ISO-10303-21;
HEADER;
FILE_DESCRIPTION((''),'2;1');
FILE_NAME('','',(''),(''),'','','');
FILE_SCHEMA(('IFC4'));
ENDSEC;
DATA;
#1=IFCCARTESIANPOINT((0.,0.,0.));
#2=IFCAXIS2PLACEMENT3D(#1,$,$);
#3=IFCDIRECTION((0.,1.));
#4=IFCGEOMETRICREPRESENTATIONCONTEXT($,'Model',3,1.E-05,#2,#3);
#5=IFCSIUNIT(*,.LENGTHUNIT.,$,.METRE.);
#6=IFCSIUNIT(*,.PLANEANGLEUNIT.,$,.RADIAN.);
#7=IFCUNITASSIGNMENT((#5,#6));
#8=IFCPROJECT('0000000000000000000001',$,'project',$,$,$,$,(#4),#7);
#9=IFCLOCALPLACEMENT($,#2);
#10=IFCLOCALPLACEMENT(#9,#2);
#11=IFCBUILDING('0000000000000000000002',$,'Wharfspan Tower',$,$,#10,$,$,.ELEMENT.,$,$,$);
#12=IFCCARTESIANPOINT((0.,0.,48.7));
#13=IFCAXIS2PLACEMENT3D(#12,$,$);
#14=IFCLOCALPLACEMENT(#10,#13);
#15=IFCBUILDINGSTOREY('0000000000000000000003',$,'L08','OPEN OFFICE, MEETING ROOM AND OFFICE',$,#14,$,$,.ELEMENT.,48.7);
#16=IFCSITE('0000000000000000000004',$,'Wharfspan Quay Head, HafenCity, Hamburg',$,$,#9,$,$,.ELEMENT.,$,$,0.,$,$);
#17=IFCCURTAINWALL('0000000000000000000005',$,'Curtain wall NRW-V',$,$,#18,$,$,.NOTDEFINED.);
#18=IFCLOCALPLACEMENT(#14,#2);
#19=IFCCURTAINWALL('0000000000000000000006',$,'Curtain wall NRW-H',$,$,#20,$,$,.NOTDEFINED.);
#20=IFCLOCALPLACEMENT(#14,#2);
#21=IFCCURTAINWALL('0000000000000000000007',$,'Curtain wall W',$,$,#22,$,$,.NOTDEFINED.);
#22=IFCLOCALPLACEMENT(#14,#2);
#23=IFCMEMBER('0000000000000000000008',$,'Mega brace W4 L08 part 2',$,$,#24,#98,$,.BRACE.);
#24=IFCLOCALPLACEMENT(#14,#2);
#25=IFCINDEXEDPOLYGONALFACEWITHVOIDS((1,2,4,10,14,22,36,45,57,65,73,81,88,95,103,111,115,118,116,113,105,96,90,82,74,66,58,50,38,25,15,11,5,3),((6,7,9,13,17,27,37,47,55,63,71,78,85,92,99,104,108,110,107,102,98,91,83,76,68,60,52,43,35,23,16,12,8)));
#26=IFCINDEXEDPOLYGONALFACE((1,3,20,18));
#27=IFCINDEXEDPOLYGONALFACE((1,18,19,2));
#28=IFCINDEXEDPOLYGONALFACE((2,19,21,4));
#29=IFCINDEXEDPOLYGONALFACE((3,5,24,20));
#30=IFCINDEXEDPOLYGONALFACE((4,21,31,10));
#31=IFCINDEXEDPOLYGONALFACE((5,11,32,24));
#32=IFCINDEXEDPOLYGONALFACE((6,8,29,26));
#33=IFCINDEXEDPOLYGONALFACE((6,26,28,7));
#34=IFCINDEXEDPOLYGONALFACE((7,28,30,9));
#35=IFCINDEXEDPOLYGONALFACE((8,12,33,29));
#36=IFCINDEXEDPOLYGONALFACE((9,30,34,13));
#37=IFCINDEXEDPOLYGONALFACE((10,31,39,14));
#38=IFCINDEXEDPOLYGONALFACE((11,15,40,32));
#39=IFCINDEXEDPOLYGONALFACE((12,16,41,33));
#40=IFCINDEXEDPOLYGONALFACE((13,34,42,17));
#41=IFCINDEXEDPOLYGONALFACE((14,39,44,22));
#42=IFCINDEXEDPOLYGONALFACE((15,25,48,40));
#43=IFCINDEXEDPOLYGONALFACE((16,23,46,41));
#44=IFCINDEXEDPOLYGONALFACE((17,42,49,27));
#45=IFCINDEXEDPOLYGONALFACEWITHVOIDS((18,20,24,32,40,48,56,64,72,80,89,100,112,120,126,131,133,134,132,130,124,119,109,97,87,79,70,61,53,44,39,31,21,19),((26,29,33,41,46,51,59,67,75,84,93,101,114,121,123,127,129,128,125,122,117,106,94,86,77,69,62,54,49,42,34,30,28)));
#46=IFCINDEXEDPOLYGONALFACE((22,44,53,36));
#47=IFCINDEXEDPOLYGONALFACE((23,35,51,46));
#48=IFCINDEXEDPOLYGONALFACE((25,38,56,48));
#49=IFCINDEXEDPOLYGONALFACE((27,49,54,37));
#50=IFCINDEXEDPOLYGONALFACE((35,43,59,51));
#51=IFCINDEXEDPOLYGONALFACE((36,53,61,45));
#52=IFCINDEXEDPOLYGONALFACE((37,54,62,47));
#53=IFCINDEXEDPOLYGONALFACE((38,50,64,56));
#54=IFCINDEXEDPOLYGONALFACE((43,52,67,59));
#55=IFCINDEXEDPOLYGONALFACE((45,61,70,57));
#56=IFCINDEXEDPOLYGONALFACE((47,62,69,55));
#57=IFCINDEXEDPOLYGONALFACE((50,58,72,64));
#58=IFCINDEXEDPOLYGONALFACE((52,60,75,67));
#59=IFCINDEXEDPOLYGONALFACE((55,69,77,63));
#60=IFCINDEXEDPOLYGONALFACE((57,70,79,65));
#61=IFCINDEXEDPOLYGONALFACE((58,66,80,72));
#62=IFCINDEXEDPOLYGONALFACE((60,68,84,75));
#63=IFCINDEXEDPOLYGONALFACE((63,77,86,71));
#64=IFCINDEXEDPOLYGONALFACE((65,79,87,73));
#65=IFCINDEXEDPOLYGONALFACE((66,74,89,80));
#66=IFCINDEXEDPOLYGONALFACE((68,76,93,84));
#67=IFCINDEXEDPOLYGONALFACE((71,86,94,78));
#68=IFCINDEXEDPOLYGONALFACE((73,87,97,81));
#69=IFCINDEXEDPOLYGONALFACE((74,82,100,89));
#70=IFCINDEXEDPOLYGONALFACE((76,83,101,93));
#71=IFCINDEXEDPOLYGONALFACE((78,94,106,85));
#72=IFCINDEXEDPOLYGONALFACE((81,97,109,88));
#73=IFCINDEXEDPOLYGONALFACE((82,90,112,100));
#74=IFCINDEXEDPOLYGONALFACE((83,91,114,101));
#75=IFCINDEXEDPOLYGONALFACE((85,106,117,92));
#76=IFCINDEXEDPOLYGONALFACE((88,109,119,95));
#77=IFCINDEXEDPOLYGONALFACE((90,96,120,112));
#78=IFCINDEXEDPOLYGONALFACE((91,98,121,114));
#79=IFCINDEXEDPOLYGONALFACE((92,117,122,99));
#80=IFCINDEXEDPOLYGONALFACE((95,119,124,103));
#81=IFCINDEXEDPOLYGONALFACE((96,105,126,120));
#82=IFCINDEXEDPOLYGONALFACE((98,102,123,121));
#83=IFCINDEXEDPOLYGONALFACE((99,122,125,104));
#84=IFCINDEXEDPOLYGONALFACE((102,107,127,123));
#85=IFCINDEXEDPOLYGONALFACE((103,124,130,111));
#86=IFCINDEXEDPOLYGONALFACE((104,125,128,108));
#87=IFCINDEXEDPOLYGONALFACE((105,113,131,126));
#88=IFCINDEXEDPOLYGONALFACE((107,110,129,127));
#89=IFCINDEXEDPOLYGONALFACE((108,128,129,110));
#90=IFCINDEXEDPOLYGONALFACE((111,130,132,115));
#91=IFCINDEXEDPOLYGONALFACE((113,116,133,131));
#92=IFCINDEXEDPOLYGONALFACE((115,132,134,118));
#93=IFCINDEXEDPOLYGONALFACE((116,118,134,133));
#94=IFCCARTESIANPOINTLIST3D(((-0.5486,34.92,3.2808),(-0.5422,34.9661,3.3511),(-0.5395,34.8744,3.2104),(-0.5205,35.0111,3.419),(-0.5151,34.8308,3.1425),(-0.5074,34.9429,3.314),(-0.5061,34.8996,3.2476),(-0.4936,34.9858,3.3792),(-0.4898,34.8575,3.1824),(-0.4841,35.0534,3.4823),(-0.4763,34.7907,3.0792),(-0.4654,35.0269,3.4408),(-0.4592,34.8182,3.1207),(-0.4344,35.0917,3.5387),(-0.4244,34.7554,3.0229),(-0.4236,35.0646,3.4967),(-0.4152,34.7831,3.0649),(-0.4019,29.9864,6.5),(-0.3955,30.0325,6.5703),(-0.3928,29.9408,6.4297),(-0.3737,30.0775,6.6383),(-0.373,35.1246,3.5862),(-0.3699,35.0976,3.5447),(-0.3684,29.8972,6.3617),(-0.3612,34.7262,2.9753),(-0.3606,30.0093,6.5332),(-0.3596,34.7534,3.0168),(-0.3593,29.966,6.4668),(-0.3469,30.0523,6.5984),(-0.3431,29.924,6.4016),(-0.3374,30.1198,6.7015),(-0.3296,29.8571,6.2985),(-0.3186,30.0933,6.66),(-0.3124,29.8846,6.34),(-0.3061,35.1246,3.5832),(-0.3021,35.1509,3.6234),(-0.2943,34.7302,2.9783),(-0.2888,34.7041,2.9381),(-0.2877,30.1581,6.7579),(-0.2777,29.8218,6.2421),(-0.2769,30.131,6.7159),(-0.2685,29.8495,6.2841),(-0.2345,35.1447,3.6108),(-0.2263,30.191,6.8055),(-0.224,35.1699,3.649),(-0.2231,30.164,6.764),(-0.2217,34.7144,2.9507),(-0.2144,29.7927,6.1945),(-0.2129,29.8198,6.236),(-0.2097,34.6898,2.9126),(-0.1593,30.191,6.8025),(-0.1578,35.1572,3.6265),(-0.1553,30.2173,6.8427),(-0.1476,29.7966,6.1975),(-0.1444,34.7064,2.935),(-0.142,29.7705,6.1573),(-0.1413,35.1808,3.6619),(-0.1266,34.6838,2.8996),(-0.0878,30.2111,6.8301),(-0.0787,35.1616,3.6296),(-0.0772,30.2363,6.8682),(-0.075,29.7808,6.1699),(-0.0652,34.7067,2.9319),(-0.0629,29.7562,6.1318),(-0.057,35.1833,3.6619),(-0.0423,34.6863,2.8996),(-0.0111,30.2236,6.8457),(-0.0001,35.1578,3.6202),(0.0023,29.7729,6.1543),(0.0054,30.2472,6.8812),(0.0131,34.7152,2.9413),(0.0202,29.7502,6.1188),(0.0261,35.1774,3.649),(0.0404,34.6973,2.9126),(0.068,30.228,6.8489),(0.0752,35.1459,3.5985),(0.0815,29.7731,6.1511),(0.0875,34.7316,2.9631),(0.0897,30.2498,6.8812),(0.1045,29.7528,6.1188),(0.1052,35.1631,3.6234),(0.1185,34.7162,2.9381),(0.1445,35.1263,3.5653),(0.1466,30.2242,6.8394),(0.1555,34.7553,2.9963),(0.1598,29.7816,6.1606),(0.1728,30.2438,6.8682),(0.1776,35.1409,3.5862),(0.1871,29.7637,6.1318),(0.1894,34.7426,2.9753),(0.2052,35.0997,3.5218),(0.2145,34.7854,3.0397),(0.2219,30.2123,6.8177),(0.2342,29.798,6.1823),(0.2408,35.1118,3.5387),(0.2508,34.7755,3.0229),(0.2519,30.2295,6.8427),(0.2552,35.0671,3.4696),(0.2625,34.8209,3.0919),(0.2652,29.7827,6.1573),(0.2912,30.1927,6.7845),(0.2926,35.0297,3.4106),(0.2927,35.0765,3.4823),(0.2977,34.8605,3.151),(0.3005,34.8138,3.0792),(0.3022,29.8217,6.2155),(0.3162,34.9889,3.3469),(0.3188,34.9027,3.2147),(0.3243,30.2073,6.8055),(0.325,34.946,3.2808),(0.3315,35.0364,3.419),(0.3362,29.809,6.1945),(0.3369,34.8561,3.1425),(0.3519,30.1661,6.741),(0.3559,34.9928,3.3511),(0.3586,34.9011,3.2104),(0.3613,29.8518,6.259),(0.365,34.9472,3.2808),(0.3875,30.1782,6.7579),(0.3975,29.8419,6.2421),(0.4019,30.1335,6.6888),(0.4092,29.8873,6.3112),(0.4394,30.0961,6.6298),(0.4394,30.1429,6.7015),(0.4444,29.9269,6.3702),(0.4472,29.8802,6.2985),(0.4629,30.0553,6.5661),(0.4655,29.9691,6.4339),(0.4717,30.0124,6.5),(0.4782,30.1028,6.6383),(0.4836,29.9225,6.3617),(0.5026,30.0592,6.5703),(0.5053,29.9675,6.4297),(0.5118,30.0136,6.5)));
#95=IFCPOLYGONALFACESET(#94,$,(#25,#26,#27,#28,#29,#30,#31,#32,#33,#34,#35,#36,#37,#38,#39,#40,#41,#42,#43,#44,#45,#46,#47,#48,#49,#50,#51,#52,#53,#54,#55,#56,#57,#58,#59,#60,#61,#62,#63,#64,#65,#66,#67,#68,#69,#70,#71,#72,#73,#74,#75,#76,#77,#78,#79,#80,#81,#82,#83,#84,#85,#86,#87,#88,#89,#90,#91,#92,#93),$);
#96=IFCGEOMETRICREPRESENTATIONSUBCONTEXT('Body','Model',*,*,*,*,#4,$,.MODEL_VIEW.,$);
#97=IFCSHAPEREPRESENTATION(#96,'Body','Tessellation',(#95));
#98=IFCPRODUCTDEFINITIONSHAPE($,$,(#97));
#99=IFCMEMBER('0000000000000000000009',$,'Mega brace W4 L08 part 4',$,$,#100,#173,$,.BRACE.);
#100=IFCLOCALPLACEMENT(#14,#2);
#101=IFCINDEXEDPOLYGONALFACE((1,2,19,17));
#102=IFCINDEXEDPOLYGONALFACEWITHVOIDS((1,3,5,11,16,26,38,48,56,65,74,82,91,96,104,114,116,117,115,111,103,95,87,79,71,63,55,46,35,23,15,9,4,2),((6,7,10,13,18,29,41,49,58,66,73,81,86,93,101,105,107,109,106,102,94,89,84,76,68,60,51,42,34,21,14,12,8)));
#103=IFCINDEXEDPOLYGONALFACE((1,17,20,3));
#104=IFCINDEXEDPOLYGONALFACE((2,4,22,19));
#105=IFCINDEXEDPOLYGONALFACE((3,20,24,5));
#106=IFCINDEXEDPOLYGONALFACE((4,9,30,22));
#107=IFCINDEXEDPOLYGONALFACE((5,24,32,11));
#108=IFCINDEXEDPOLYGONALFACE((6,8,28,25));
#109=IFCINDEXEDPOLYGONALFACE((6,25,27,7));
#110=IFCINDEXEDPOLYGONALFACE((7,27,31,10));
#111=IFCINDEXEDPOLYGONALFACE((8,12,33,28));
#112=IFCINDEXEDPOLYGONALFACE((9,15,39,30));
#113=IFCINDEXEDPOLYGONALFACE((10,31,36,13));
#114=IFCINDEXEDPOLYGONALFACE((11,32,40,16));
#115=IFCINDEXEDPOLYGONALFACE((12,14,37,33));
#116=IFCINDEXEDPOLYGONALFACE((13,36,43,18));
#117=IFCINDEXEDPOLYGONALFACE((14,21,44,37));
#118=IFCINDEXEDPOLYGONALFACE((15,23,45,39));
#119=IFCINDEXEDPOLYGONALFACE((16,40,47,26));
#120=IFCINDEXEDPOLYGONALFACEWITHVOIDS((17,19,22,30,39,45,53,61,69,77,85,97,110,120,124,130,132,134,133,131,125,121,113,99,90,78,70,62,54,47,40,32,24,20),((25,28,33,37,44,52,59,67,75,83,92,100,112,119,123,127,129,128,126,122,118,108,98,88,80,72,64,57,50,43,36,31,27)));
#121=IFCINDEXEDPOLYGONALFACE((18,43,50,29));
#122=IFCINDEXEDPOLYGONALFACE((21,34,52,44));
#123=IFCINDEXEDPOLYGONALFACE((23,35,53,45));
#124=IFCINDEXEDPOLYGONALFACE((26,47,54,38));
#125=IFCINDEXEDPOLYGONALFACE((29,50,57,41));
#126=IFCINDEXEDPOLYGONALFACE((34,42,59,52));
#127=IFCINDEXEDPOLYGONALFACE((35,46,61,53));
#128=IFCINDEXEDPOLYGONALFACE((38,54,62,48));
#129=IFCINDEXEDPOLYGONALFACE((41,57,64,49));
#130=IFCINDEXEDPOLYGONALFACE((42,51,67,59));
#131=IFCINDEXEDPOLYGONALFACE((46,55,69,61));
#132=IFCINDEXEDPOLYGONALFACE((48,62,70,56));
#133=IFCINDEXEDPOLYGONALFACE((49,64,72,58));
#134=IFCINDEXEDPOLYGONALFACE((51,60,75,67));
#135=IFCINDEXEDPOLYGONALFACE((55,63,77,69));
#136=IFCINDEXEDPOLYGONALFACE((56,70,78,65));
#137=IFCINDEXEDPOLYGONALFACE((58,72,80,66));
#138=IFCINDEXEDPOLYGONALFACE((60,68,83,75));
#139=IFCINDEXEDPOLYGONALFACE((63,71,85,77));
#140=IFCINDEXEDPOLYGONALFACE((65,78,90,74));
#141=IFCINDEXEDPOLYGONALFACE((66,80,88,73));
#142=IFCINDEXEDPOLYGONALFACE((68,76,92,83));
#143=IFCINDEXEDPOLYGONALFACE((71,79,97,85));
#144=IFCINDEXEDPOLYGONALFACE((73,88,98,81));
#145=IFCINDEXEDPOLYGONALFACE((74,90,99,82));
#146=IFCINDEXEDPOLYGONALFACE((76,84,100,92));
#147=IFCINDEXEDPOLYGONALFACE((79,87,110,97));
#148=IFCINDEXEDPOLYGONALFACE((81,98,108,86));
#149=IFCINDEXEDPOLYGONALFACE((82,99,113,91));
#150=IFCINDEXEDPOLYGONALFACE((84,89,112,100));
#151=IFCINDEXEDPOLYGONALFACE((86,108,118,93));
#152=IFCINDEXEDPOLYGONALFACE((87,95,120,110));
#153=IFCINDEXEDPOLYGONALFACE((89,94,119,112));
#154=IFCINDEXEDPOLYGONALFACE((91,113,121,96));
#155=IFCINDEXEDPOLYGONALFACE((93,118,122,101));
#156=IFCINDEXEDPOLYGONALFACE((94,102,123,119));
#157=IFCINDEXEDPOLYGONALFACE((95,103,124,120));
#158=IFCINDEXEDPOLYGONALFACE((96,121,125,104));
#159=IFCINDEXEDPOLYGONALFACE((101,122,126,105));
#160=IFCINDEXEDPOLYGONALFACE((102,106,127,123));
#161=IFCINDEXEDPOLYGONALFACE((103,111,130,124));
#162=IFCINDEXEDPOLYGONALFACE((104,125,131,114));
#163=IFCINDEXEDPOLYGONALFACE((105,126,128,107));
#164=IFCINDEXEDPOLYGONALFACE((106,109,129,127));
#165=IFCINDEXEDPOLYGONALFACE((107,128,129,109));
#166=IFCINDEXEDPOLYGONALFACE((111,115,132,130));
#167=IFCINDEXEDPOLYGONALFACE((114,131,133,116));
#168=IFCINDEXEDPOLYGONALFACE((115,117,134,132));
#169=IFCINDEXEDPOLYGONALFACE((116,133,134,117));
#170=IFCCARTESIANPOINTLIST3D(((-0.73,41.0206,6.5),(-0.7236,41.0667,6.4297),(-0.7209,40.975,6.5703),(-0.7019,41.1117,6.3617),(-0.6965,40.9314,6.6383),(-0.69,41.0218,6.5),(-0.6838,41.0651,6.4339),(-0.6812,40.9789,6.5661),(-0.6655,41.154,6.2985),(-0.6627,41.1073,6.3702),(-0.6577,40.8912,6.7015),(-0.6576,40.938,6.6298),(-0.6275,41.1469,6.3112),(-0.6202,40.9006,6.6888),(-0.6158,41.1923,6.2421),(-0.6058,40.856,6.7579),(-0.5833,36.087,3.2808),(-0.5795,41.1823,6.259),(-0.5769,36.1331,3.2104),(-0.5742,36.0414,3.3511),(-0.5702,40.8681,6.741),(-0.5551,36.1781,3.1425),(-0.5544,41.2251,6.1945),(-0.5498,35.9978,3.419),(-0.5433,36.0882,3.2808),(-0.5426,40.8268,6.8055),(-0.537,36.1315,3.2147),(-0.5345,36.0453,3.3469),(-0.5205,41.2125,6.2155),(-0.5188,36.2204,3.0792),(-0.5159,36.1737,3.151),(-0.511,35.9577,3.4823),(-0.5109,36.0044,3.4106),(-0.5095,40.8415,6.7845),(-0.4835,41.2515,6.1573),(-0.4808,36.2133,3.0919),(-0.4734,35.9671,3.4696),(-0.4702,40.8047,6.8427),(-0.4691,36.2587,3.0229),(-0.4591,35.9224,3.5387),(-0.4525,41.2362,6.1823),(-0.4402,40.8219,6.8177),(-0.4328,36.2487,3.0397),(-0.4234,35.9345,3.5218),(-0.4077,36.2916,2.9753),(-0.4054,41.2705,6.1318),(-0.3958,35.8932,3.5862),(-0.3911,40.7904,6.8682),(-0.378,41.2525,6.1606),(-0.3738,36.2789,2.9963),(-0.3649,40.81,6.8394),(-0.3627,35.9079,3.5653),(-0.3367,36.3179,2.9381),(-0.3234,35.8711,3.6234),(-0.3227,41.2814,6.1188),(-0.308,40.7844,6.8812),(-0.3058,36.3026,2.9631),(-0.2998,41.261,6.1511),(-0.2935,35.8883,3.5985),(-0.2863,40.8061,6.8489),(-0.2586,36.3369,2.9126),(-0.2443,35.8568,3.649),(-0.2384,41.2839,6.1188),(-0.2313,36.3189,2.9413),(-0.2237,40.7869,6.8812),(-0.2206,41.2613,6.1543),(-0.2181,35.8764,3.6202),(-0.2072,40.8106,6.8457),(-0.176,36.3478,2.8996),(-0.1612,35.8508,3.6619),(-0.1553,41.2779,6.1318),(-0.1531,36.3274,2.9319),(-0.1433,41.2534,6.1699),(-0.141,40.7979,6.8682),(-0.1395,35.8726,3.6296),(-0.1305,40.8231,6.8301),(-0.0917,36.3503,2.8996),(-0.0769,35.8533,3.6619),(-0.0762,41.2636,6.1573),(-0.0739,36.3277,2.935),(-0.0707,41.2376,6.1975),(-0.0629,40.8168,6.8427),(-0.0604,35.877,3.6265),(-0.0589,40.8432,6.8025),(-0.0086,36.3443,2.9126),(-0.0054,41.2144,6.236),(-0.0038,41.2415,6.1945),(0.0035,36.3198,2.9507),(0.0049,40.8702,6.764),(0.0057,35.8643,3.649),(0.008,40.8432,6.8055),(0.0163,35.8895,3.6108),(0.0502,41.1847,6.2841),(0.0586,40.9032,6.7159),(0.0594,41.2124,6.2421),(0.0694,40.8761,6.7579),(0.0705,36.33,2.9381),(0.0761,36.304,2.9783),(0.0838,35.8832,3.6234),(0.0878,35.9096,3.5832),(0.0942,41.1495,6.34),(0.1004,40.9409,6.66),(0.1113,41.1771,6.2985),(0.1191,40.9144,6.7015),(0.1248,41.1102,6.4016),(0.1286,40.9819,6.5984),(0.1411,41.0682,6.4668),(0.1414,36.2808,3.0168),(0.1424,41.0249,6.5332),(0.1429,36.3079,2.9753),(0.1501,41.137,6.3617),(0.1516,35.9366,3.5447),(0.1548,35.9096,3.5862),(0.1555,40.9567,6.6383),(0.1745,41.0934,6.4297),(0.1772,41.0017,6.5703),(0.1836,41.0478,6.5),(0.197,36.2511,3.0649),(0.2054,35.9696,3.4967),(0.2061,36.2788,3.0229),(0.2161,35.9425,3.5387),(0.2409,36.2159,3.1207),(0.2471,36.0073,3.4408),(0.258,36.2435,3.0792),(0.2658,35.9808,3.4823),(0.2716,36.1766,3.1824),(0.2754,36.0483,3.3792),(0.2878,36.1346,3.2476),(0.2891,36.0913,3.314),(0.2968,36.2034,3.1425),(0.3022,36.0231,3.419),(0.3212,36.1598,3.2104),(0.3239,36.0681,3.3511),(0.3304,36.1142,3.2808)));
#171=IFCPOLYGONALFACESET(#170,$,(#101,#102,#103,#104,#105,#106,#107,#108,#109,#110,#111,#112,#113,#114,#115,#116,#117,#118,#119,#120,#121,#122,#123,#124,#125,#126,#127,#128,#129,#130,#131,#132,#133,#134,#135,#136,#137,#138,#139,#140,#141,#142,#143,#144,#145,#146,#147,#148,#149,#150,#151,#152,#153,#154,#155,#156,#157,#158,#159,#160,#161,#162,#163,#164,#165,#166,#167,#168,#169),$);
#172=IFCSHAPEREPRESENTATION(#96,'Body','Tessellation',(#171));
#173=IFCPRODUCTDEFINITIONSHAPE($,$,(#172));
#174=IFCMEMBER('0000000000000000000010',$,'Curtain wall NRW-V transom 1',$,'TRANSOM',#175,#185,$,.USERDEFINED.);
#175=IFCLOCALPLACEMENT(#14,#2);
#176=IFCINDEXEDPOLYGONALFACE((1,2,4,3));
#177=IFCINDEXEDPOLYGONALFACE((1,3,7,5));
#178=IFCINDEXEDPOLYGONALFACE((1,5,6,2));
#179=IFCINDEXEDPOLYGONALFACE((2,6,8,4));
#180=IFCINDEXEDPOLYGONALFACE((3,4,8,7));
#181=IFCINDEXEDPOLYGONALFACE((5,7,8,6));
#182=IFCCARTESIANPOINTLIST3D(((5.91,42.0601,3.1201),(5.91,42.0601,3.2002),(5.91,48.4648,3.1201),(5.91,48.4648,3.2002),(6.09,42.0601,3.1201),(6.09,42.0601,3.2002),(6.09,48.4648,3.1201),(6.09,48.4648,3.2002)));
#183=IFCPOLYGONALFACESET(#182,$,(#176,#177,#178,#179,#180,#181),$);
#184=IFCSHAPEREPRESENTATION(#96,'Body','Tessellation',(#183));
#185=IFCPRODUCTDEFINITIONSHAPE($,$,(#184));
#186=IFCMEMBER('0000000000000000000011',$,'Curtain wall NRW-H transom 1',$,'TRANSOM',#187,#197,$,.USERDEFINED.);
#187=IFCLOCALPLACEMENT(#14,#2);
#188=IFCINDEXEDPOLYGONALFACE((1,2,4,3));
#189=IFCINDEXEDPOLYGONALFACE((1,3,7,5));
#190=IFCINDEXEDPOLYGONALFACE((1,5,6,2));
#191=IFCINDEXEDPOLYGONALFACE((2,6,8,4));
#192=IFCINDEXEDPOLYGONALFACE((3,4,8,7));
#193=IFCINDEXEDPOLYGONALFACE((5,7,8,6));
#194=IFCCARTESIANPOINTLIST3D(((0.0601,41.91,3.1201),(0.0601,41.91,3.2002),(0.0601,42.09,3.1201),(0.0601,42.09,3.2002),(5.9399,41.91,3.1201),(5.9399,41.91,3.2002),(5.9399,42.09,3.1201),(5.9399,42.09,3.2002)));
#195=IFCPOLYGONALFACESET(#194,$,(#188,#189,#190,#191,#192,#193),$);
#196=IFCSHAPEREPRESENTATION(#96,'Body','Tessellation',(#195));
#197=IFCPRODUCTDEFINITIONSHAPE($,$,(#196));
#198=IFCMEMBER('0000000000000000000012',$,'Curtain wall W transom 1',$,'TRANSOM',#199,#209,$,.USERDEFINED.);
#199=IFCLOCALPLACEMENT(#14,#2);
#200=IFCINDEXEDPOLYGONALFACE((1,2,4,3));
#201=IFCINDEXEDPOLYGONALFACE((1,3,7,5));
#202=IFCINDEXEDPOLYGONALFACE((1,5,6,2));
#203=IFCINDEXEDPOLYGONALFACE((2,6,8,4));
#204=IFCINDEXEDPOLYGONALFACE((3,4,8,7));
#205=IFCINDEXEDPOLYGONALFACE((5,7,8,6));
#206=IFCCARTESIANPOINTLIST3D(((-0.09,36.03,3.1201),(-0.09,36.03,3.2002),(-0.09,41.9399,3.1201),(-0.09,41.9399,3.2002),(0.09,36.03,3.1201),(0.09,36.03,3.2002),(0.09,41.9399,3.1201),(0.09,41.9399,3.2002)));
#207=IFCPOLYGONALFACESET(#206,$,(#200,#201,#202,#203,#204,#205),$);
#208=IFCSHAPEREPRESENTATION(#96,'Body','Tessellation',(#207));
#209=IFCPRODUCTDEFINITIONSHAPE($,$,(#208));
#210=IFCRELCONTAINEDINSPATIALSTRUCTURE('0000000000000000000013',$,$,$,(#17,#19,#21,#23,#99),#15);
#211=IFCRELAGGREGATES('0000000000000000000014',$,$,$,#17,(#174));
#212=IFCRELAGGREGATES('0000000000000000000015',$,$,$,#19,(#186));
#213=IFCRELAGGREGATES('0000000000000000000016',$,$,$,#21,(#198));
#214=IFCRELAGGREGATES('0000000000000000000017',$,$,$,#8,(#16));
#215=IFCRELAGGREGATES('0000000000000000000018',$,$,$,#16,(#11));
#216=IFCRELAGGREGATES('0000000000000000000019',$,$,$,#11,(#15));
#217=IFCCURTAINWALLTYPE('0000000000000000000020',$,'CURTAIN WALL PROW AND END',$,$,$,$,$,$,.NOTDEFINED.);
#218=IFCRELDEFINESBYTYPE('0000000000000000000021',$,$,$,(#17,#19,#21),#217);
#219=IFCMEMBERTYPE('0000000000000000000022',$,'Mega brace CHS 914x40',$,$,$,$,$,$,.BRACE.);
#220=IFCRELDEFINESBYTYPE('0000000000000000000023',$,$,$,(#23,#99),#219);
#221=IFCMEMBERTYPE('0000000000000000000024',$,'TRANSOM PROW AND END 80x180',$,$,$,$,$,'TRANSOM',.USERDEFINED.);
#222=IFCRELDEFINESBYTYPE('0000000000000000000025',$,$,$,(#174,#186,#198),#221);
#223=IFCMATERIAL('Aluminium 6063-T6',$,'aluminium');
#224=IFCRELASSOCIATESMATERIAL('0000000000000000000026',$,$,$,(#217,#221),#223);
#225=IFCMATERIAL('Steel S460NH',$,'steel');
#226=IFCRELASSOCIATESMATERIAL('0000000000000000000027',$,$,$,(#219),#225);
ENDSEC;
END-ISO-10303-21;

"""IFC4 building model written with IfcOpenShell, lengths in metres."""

from ifc_helpers import new_model, si_unit, direction, frame, origin, origin_2d, place, context, subcontext, project, spatial, rectangle, hollow_circle, extrude, material, material_profile, profile_set, type_object, element, aggregate, save


model = new_model("IFC4")

# Units and contexts
model_context = context("Model", 3, precision=1e-05, world=origin(), true_north=direction((0.0, 1.0)))
body_context = subcontext(model_context, "Body", "Model", "MODEL_VIEW")
ifc_project = project(units=[si_unit("LENGTHUNIT", "METRE"), si_unit("PLANEANGLEUNIT", "RADIAN")], contexts=[model_context])

# Site, building, storey
site_placement = place(None, origin())
site = spatial("IfcSite", under=ifc_project, at=site_placement, Name="Wharfspan Quay Head, HafenCity, Hamburg", CompositionType="ELEMENT", RefElevation=0.0)
building_placement = place(site_placement, origin())
building = spatial("IfcBuilding", under=site, at=building_placement, Name="Wharfspan Tower", CompositionType="ELEMENT")
storey_placement = place(building_placement, frame((0.0, 0.0, 48.7)))
storey = spatial("IfcBuildingStorey", under=building, at=storey_placement, Name="L08", Description="OPEN OFFICE, MEETING ROOM AND OFFICE", CompositionType="ELEMENT", Elevation=48.7)

# Shared definitions
ifc_material_1 = material(Name="Steel S460NH", Category="steel")

# Curtain walls
ifc_material_2 = material(Name="Aluminium 6063-T6", Category="aluminium")
curtain_wall_type = type_object("IfcCurtainWallType", Name="CURTAIN WALL PROW AND END", PredefinedType="NOTDEFINED", material=ifc_material_2)
curtain_wall_1_placement = place(storey_placement, origin())
curtain_wall_1 = element("IfcCurtainWall", 1, at=curtain_wall_1_placement, inside=storey, type_object=curtain_wall_type, Name="Curtain wall NRW-V", PredefinedType="NOTDEFINED")
curtain_wall_2_placement = place(storey_placement, origin())
curtain_wall_2 = element("IfcCurtainWall", 2, at=curtain_wall_2_placement, inside=storey, type_object=curtain_wall_type, Name="Curtain wall NRW-H", PredefinedType="NOTDEFINED")
curtain_wall_3_placement = place(storey_placement, origin())
curtain_wall_3 = element("IfcCurtainWall", 3, at=curtain_wall_3_placement, inside=storey, type_object=curtain_wall_type, Name="Curtain wall W", PredefinedType="NOTDEFINED")

# Members
ifc_material_profile_1 = material_profile(ifc_material_1, hollow_circle(Radius=0.457, WallThickness=0.04, at=origin_2d()))
ifc_profile_set_1 = profile_set([ifc_material_profile_1], Name="Steel S460NH")
member_type_1 = type_object("IfcMemberType", Name="Mega brace CHS 914x40", PredefinedType="BRACE", material=ifc_profile_set_1)
for number, where, z_axis, x_axis, name in (
    (4, (-0.0918, 34.9336, 3.2808), (0.0249, -0.837221, 0.546298), (0.999556, 0.02973, 0.000003), "Mega brace W4 L08 part 2"),
    (5, (-0.1265, 36.1006, 3.2808), (-0.0249, 0.837221, 0.546298), (-0.999556, -0.02973, 0.000003), "Mega brace W4 L08 part 4"),
):
    element("IfcMember", number, at=place(storey_placement, frame(where, z_axis=z_axis, x_axis=x_axis)), inside=storey, type_object=member_type_1, Name=name, PredefinedType="BRACE", context=body_context, shape_type="SweptSolid", body=[
        extrude(hollow_circle(Radius=0.457, WallThickness=0.04, at=origin_2d()), origin(), (0.0, 0.0, 1.0), 5.8928),
    ])

# Members
ifc_material_profile_2 = material_profile(ifc_material_2, rectangle(XDim=0.1799, YDim=0.0801, at=origin_2d()))
ifc_profile_set_2 = profile_set([ifc_material_profile_2], Name="Aluminium 6063-T6")
member_type_2 = type_object("IfcMemberType", Name="TRANSOM PROW AND END 80x180", ElementType="TRANSOM", PredefinedType="USERDEFINED", material=ifc_profile_set_2)
member_1_placement = place(storey_placement, frame((6.0, 48.4648, 3.1602), z_axis=(0.0, -1.0, 0.0), x_axis=(1.0, 0.0, 0.0)))
member_1 = element("IfcMember", 6, at=member_1_placement, type_object=member_type_2, Name="Curtain wall NRW-V transom 1", ObjectType="TRANSOM", PredefinedType="USERDEFINED", context=body_context, shape_type="SweptSolid", body=[
    extrude(rectangle(XDim=0.1799, YDim=0.0801, at=origin_2d()), origin(), (0.0, 0.0, 1.0), 6.4048),
])
member_2_placement = place(storey_placement, frame((5.9399, 42.0, 3.1602), z_axis=(-1.0, 0.0, 0.0), x_axis=(0.0, -1.0, 0.0)))
member_2 = element("IfcMember", 7, at=member_2_placement, type_object=member_type_2, Name="Curtain wall NRW-H transom 1", ObjectType="TRANSOM", PredefinedType="USERDEFINED", context=body_context, shape_type="SweptSolid", body=[
    extrude(rectangle(XDim=0.1799, YDim=0.0801, at=origin_2d()), origin(), (0.0, 0.0, 1.0), 5.8799),
])
member_3_placement = place(storey_placement, frame((0.0, 41.9399, 3.1602), z_axis=(0.0, -1.0, 0.0), x_axis=(1.0, 0.0, 0.0)))
member_3 = element("IfcMember", 8, at=member_3_placement, type_object=member_type_2, Name="Curtain wall W transom 1", ObjectType="TRANSOM", PredefinedType="USERDEFINED", context=body_context, shape_type="SweptSolid", body=[
    extrude(rectangle(XDim=0.1799, YDim=0.0801, at=origin_2d()), origin(), (0.0, 0.0, 1.0), 5.9099),
])

aggregate(curtain_wall_1, [member_1])
aggregate(curtain_wall_2, [member_2])
aggregate(curtain_wall_3, [member_3])

save(model, "model.ifc")
